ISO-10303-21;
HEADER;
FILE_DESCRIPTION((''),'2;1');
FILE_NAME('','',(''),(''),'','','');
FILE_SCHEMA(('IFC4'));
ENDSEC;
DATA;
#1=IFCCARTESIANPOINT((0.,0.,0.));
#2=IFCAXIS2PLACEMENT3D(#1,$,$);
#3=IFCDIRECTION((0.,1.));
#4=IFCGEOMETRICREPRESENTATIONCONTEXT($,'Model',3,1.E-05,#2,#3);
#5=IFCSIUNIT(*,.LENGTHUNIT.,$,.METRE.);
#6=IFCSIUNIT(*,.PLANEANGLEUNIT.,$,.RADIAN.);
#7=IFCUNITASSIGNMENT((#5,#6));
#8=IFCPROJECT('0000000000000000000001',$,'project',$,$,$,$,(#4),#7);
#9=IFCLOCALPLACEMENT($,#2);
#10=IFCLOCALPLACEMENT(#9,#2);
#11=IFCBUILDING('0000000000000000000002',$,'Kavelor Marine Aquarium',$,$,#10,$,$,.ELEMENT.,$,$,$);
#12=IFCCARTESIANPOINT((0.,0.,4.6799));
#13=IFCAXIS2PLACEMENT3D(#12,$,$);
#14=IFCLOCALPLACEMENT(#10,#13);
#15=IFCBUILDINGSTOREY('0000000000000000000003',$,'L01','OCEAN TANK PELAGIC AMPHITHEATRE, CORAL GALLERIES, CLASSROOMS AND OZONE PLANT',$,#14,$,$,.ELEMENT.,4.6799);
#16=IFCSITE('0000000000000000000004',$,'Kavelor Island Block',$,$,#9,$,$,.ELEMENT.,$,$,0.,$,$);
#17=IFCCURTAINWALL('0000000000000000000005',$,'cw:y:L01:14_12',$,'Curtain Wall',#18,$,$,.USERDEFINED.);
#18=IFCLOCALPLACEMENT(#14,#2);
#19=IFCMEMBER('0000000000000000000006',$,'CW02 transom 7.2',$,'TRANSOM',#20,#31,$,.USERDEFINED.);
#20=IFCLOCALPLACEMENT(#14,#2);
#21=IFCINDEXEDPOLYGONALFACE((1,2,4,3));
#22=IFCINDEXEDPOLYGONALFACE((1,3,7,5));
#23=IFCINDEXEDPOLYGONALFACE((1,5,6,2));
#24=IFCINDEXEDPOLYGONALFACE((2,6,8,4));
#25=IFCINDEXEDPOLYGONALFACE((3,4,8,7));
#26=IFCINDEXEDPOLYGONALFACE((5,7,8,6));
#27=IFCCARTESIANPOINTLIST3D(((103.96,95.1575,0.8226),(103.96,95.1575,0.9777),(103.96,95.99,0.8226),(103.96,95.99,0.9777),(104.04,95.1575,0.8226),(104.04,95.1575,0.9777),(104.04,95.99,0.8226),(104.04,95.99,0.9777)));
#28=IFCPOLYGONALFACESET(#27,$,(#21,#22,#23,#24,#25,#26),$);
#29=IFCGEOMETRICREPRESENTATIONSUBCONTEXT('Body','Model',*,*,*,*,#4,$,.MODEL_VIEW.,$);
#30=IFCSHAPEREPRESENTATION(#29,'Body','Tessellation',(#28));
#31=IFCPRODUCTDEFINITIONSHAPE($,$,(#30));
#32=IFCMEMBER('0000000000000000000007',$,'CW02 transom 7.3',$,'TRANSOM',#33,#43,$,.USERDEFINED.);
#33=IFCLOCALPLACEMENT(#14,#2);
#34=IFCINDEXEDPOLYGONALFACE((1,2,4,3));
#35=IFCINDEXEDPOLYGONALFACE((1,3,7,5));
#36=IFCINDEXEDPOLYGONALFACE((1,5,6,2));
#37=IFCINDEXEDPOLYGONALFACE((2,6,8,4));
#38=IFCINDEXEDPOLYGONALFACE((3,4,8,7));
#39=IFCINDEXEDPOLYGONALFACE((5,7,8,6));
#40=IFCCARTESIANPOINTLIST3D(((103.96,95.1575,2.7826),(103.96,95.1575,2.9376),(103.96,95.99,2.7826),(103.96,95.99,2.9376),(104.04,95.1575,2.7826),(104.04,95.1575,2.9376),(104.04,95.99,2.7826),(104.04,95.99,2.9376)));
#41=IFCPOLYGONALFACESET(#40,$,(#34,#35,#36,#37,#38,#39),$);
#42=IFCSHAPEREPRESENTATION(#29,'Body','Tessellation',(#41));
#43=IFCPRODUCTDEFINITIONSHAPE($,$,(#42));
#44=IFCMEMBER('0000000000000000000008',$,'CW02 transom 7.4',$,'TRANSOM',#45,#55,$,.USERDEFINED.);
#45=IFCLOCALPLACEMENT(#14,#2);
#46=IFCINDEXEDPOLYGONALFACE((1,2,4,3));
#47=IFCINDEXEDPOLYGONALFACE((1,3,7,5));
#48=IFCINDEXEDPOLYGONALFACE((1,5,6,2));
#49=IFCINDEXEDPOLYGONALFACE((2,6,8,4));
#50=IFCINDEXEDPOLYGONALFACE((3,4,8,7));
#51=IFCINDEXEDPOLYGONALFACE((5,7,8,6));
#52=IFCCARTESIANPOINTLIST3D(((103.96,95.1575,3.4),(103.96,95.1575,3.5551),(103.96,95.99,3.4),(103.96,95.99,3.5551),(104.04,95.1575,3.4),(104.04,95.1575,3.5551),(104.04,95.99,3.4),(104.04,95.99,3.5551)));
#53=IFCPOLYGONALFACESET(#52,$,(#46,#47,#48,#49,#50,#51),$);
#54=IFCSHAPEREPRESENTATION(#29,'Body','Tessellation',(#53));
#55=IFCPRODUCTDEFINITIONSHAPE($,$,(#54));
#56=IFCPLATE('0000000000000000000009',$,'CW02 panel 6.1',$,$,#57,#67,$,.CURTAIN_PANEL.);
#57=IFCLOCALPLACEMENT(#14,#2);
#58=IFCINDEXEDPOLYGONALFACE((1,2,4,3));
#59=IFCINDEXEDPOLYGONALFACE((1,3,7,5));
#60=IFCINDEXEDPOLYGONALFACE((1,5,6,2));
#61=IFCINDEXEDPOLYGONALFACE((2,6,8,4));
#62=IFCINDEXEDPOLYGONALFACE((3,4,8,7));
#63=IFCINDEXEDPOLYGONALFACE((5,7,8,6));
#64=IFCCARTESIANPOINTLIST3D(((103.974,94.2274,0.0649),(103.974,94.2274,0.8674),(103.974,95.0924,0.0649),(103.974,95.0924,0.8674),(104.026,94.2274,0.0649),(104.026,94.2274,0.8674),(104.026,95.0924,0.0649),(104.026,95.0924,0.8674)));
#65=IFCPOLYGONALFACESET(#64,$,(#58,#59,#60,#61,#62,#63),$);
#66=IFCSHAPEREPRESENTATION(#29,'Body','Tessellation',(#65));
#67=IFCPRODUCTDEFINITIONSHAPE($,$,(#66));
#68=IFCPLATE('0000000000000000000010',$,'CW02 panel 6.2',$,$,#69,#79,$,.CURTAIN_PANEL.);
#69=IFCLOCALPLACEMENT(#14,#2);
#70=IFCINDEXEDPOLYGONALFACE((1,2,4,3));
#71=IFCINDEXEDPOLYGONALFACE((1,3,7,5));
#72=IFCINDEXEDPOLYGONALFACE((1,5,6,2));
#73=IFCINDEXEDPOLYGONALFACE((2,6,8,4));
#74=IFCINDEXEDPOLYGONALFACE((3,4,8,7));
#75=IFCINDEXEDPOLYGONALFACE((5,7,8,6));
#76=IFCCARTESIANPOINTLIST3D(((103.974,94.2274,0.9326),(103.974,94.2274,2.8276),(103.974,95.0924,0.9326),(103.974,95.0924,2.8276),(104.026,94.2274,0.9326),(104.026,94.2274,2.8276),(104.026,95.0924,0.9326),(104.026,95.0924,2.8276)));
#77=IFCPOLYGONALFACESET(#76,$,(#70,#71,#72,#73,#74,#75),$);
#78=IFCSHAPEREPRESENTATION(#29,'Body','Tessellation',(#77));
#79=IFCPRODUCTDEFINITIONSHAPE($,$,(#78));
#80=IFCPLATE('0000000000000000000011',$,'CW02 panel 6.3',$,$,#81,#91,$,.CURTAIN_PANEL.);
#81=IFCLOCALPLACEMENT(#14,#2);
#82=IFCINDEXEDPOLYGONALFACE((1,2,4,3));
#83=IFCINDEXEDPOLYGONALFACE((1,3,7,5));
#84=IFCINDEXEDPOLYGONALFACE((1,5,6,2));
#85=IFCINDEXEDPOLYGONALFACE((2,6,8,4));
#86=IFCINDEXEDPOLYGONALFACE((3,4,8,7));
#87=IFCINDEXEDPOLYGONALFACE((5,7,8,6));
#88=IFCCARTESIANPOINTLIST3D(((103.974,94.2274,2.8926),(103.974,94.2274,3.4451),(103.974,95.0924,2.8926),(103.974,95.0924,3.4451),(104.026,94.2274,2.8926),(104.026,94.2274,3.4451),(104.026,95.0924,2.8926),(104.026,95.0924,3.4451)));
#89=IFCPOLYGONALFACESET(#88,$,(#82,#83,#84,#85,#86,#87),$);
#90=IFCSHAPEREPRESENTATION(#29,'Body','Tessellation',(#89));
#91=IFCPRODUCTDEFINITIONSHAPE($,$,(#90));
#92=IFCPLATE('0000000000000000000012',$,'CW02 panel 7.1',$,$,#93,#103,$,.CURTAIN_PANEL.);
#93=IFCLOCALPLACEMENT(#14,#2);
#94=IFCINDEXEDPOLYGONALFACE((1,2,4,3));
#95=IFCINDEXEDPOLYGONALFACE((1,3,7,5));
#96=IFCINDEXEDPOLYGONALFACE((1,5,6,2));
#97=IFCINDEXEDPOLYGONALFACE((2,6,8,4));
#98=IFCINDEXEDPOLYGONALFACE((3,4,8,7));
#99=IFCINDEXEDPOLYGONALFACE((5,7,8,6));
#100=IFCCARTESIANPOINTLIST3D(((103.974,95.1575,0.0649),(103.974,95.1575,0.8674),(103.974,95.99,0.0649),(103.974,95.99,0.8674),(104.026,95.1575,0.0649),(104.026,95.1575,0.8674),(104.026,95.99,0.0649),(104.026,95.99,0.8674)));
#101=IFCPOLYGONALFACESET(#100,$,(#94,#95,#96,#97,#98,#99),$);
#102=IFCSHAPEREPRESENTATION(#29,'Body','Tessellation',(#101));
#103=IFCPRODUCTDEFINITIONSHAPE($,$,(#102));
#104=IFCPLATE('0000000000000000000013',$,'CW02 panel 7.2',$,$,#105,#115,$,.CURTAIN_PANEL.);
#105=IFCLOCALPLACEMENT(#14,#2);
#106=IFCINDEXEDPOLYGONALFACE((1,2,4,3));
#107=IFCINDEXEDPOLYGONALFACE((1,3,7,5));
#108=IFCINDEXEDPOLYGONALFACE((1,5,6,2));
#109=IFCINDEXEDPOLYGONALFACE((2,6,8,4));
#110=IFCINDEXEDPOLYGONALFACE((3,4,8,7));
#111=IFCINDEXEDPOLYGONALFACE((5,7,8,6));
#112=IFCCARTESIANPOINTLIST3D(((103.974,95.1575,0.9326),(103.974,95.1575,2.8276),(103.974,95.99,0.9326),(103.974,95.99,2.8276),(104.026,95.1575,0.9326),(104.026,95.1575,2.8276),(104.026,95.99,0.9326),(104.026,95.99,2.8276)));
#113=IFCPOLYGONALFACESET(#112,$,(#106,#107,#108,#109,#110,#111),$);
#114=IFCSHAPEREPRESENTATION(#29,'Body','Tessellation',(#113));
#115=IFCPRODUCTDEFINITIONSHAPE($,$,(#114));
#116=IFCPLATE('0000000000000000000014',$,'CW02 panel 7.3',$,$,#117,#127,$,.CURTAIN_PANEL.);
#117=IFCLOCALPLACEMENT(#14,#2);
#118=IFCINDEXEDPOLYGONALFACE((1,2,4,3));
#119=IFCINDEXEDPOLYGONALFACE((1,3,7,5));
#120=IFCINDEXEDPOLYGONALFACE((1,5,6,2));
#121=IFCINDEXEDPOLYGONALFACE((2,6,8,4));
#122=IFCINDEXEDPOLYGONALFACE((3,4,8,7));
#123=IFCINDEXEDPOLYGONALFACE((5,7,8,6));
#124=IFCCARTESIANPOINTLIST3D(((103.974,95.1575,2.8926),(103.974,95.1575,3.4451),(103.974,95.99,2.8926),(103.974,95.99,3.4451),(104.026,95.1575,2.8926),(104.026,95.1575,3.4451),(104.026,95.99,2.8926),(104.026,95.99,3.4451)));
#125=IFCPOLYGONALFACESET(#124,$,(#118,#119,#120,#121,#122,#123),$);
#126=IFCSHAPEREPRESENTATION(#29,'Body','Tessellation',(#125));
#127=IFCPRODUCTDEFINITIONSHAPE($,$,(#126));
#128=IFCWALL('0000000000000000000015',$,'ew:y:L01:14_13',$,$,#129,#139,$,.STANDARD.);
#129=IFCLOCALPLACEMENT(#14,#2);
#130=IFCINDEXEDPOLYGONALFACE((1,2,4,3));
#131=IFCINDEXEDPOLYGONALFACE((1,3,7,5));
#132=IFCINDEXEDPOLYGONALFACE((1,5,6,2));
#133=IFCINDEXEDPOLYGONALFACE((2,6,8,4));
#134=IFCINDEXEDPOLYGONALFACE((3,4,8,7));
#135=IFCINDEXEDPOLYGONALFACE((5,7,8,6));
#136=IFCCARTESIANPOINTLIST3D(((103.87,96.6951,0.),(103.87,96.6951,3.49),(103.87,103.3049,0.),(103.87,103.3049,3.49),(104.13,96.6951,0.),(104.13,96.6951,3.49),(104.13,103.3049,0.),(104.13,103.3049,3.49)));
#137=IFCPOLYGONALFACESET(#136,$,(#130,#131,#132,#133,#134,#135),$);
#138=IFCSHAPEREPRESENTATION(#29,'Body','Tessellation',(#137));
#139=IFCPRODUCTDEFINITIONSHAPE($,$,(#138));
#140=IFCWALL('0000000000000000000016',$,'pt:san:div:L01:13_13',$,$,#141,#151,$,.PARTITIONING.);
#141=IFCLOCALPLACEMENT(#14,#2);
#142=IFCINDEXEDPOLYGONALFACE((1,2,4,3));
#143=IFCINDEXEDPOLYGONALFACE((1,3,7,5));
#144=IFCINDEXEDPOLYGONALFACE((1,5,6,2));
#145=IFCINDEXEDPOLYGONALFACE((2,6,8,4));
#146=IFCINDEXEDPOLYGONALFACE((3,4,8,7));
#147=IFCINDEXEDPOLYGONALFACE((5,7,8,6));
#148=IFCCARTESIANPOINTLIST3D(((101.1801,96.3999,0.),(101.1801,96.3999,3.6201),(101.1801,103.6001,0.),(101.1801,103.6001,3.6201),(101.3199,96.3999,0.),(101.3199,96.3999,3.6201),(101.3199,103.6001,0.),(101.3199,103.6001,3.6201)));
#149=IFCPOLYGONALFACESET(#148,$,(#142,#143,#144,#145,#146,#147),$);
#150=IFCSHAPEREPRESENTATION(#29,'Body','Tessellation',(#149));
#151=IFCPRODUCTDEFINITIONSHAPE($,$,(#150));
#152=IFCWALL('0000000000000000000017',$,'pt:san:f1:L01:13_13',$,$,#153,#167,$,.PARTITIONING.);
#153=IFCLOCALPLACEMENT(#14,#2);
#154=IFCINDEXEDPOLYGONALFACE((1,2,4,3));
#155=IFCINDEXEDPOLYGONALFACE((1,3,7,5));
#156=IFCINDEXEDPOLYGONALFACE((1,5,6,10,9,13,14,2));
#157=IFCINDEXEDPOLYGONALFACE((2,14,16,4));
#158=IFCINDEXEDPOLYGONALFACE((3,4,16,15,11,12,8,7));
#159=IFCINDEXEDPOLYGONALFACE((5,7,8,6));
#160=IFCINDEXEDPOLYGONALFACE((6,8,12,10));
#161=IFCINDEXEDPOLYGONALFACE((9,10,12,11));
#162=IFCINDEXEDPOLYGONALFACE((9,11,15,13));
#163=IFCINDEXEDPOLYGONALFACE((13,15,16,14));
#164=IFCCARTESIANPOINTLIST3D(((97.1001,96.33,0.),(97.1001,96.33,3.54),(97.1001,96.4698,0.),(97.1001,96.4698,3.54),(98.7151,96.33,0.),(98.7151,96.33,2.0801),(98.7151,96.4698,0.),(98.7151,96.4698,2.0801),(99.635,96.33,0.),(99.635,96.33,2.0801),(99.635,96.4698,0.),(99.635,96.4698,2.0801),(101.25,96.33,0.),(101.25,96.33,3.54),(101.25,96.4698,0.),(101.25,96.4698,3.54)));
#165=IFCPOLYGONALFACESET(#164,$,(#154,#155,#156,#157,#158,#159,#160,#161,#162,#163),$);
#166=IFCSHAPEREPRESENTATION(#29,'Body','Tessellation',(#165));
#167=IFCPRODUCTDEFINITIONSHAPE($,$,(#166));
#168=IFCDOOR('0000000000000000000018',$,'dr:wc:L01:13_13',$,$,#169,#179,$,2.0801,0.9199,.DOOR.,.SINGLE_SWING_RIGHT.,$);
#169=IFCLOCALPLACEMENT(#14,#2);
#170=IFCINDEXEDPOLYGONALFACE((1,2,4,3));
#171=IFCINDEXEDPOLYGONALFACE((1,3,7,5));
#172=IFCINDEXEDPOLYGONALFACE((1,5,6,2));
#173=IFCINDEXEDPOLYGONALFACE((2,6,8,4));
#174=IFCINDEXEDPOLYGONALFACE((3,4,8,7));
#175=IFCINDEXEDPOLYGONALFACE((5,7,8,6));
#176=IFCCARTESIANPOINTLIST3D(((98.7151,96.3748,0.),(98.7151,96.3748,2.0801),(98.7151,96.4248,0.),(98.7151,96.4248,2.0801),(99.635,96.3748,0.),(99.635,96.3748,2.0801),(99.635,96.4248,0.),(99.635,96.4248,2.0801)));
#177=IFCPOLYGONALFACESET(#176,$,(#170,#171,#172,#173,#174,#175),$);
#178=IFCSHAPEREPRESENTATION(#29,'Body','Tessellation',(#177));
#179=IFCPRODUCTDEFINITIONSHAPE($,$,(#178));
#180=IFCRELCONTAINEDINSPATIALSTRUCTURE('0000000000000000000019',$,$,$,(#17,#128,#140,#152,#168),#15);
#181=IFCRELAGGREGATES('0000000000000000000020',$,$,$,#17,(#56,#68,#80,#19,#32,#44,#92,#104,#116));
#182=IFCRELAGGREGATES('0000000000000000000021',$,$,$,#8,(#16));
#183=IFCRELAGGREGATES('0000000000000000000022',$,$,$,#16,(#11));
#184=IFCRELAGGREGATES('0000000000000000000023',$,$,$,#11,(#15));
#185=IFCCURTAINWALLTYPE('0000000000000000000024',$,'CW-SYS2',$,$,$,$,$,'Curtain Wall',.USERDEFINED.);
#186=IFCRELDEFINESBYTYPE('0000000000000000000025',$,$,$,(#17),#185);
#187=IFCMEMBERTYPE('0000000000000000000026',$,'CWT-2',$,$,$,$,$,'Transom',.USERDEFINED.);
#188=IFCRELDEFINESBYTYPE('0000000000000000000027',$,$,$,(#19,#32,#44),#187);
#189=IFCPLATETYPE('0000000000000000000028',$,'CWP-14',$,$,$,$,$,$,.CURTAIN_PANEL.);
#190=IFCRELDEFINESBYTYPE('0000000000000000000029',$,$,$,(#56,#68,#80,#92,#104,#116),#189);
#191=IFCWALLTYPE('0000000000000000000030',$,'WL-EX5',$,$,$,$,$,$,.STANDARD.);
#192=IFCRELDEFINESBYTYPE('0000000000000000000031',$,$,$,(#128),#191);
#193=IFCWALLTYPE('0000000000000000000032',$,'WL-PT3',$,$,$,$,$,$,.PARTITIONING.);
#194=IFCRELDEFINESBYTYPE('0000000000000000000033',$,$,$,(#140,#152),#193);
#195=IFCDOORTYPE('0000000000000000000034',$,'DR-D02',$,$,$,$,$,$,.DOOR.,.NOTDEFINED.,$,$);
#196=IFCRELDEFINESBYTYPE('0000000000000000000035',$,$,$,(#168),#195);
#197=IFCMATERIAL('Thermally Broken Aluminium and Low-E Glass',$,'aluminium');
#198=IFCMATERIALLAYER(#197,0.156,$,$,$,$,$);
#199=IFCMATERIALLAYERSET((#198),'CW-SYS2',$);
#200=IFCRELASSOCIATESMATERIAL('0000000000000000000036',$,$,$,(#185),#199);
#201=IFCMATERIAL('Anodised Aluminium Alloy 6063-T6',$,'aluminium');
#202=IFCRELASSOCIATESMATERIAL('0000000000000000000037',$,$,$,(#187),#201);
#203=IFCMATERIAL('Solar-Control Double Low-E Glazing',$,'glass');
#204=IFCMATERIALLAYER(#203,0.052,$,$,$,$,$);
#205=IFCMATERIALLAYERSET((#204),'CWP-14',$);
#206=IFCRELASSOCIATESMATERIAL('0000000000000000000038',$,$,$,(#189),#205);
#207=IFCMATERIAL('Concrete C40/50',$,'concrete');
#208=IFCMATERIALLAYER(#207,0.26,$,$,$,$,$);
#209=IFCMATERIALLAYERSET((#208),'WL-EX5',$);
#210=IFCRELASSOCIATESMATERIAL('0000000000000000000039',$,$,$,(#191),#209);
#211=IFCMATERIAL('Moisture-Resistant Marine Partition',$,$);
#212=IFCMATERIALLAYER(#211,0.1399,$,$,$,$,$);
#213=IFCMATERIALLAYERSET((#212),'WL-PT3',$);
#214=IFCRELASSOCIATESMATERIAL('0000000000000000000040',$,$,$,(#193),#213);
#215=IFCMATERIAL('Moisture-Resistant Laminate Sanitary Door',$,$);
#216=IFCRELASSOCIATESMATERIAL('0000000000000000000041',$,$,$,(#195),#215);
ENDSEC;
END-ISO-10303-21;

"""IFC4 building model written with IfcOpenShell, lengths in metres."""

from ifc_helpers import new_model, si_unit, direction, frame, frame_2d, origin, origin_2d, place, context, subcontext, project, spatial, rectangle, extrude, material, layer, layer_set, material_profile, profile_set, type_object, element, fill, aggregate, save


model = new_model("IFC4")

# Units and contexts
model_context = context("Model", 3, precision=1e-05, world=origin(), true_north=direction((0.0, 1.0)))
body_context = subcontext(model_context, "Body", "Model", "MODEL_VIEW")
ifc_project = project(units=[si_unit("LENGTHUNIT", "METRE"), si_unit("PLANEANGLEUNIT", "RADIAN")], contexts=[model_context])

# Site, building, storey
site_placement = place(None, origin())
site = spatial("IfcSite", under=ifc_project, at=site_placement, Name="Kavelor Island Block", CompositionType="ELEMENT", RefElevation=0.0)
building_placement = place(site_placement, origin())
building = spatial("IfcBuilding", under=site, at=building_placement, Name="Kavelor Marine Aquarium", CompositionType="ELEMENT")
storey_placement = place(building_placement, frame((0.0, 0.0, 4.6799)))
storey = spatial("IfcBuildingStorey", under=building, at=storey_placement, Name="L01", Description="OCEAN TANK PELAGIC AMPHITHEATRE, CORAL GALLERIES, CLASSROOMS AND OZONE PLANT", CompositionType="ELEMENT", Elevation=4.6799)

# Curtain wall, members, plates
ifc_material_1 = material(Name="Thermally Broken Aluminium and Low-E Glass", Category="aluminium")
ifc_layer_1 = layer(ifc_material_1, 0.156)
ifc_layer_set_1 = layer_set([ifc_layer_1], Name="CW-SYS2")
curtain_wall_type = type_object("IfcCurtainWallType", Name="CW-SYS2", ElementType="Curtain Wall", PredefinedType="USERDEFINED", material=ifc_layer_set_1)
curtain_wall_placement = place(storey_placement, origin())
curtain_wall = element("IfcCurtainWall", 1, at=curtain_wall_placement, inside=storey, type_object=curtain_wall_type, Name="cw:y:L01:14_12", ObjectType="Curtain Wall", PredefinedType="USERDEFINED")
ifc_material_2 = material(Name="Anodised Aluminium Alloy 6063-T6", Category="aluminium")
ifc_material_profile_1 = material_profile(ifc_material_2, rectangle(XDim=0.0801, YDim=0.155, at=origin_2d()), Name="CW-TRN 80x155")
ifc_profile_set_1 = profile_set([ifc_material_profile_1], Name="Anodised Aluminium Alloy 6063-T6")
member_type_1 = type_object("IfcMemberType", Name="CWT-2", ElementType="Transom", PredefinedType="USERDEFINED", material=ifc_profile_set_1)
member_1_placement = place(storey_placement, frame((104.0, 95.1575, 0.9001), z_axis=(0.0, 1.0, 0.0), x_axis=(-1.0, 0.0, 0.0)))
member_1 = element("IfcMember", 2, at=member_1_placement, type_object=member_type_1, Name="CW02 transom 7.2", ObjectType="TRANSOM", PredefinedType="USERDEFINED", context=body_context, shape_type="SweptSolid", body=[
    extrude(rectangle(XDim=0.0801, YDim=0.155, at=origin_2d()), origin(), (0.0, 0.0, 1.0), 0.8325),
])
member_2_placement = place(storey_placement, frame((104.0, 95.1575, 2.8601), z_axis=(0.0, 1.0, 0.0), x_axis=(-1.0, 0.0, 0.0)))
member_2 = element("IfcMember", 3, at=member_2_placement, type_object=member_type_1, Name="CW02 transom 7.3", ObjectType="TRANSOM", PredefinedType="USERDEFINED", context=body_context, shape_type="SweptSolid", body=[
    extrude(rectangle(XDim=0.0801, YDim=0.155, at=origin_2d()), origin(), (0.0, 0.0, 1.0), 0.8325),
])
member_3_placement = place(storey_placement, frame((104.0, 95.1575, 3.4775), z_axis=(0.0, 1.0, 0.0), x_axis=(-1.0, 0.0, 0.0)))
member_3 = element("IfcMember", 4, at=member_3_placement, type_object=member_type_1, Name="CW02 transom 7.4", ObjectType="TRANSOM", PredefinedType="USERDEFINED", context=body_context, shape_type="SweptSolid", body=[
    extrude(rectangle(XDim=0.0801, YDim=0.155, at=origin_2d()), origin(), (0.0, 0.0, 1.0), 0.8325),
])
ifc_material_3 = material(Name="Solar-Control Double Low-E Glazing", Category="glass")
ifc_layer_2 = layer(ifc_material_3, 0.052)
ifc_layer_set_2 = layer_set([ifc_layer_2], Name="CWP-14")
plate_type = type_object("IfcPlateType", Name="CWP-14", PredefinedType="CURTAIN_PANEL", material=ifc_layer_set_2)
plate_1_placement = place(storey_placement, frame((104.0, 94.6599, 0.0649), z_axis=(0.0, 0.0, 1.0), x_axis=(0.0, 1.0, 0.0)))
plate_1 = element("IfcPlate", 5, at=plate_1_placement, type_object=plate_type, Name="CW02 panel 6.1", PredefinedType="CURTAIN_PANEL", context=body_context, shape_type="SweptSolid", body=[
    extrude(rectangle(XDim=0.865, YDim=0.052, at=origin_2d()), origin(), (0.0, 0.0, 1.0), 0.8025),
])
plate_2_placement = place(storey_placement, frame((104.0, 94.6599, 0.9326), z_axis=(0.0, 0.0, 1.0), x_axis=(0.0, 1.0, 0.0)))
plate_2 = element("IfcPlate", 6, at=plate_2_placement, type_object=plate_type, Name="CW02 panel 6.2", PredefinedType="CURTAIN_PANEL", context=body_context, shape_type="SweptSolid", body=[
    extrude(rectangle(XDim=0.865, YDim=0.052, at=origin_2d()), origin(), (0.0, 0.0, 1.0), 1.895),
])
plate_3_placement = place(storey_placement, frame((104.0, 94.6599, 2.8926), z_axis=(0.0, 0.0, 1.0), x_axis=(0.0, 1.0, 0.0)))
plate_3 = element("IfcPlate", 7, at=plate_3_placement, type_object=plate_type, Name="CW02 panel 6.3", PredefinedType="CURTAIN_PANEL", context=body_context, shape_type="SweptSolid", body=[
    extrude(rectangle(XDim=0.865, YDim=0.052, at=origin_2d()), origin(), (0.0, 0.0, 1.0), 0.5525),
])
plate_4_placement = place(storey_placement, frame((104.0, 95.5737, 0.0649), z_axis=(0.0, 0.0, 1.0), x_axis=(0.0, 1.0, 0.0)))
plate_4 = element("IfcPlate", 8, at=plate_4_placement, type_object=plate_type, Name="CW02 panel 7.1", PredefinedType="CURTAIN_PANEL", context=body_context, shape_type="SweptSolid", body=[
    extrude(rectangle(XDim=0.8325, YDim=0.052, at=origin_2d()), origin(), (0.0, 0.0, 1.0), 0.8025),
])
plate_5_placement = place(storey_placement, frame((104.0, 95.5737, 0.9326), z_axis=(0.0, 0.0, 1.0), x_axis=(0.0, 1.0, 0.0)))
plate_5 = element("IfcPlate", 9, at=plate_5_placement, type_object=plate_type, Name="CW02 panel 7.2", PredefinedType="CURTAIN_PANEL", context=body_context, shape_type="SweptSolid", body=[
    extrude(rectangle(XDim=0.8325, YDim=0.052, at=origin_2d()), origin(), (0.0, 0.0, 1.0), 1.895),
])
plate_6_placement = place(storey_placement, frame((104.0, 95.5737, 2.8926), z_axis=(0.0, 0.0, 1.0), x_axis=(0.0, 1.0, 0.0)))
plate_6 = element("IfcPlate", 10, at=plate_6_placement, type_object=plate_type, Name="CW02 panel 7.3", PredefinedType="CURTAIN_PANEL", context=body_context, shape_type="SweptSolid", body=[
    extrude(rectangle(XDim=0.8325, YDim=0.052, at=origin_2d()), origin(), (0.0, 0.0, 1.0), 0.5525),
])
aggregate(curtain_wall, [plate_1, plate_2, plate_3, member_1, member_2, member_3, plate_4, plate_5, plate_6])

# Walls
ifc_material_4 = material(Name="Concrete C40/50", Category="concrete")
ifc_layer_3 = layer(ifc_material_4, 0.26)
ifc_layer_set_3 = layer_set([ifc_layer_3], Name="WL-EX5")
wall_type_1 = type_object("IfcWallType", Name="WL-EX5", PredefinedType="STANDARD", material=ifc_layer_set_3)
wall_1_placement = place(storey_placement, frame((104.0, 103.3049, 0.0), z_axis=(0.0, 0.0, 1.0), x_axis=(0.0, -1.0, 0.0)))
element("IfcWall", 11, at=wall_1_placement, inside=storey, type_object=wall_type_1, Name="ew:y:L01:14_13", PredefinedType="STANDARD", context=body_context, shape_type="SweptSolid", body=[
    extrude(rectangle(XDim=6.6099, YDim=0.26, at=frame_2d((3.3049, 0.0))), origin(), (0.0, 0.0, 1.0), 3.49),
])
ifc_material_5 = material(Name="Moisture-Resistant Marine Partition")
ifc_layer_4 = layer(ifc_material_5, 0.1399)
ifc_layer_set_4 = layer_set([ifc_layer_4], Name="WL-PT3")
wall_type_2 = type_object("IfcWallType", Name="WL-PT3", PredefinedType="PARTITIONING", material=ifc_layer_set_4)
wall_2_placement = place(storey_placement, frame((101.25, 96.3999, 0.0), z_axis=(0.0, 0.0, 1.0), x_axis=(0.0, 1.0, 0.0)))
element("IfcWall", 12, at=wall_2_placement, inside=storey, type_object=wall_type_2, Name="pt:san:div:L01:13_13", PredefinedType="PARTITIONING", context=body_context, shape_type="SweptSolid", body=[
    extrude(rectangle(XDim=7.2002, YDim=0.1399, at=frame_2d((3.6001, 0.0))), origin(), (0.0, 0.0, 1.0), 3.6201),
])

# Wall, opening, door
wall_3_placement = place(storey_placement, frame((97.1001, 96.3999, 0.0), z_axis=(0.0, 0.0, 1.0), x_axis=(1.0, 0.0, 0.0)))
wall_3 = element("IfcWall", 13, at=wall_3_placement, inside=storey, type_object=wall_type_2, Name="pt:san:f1:L01:13_13", PredefinedType="PARTITIONING", context=body_context, shape_type="SweptSolid", body=[
    extrude(rectangle(XDim=4.1499, YDim=0.1399, at=frame_2d((2.075, 0.0))), origin(), (0.0, 0.0, 1.0), 3.54),
])
opening_1_placement = place(wall_3_placement, frame((1.615, 0.0, 0.0)))
opening_1 = element("IfcOpeningElement", 14, at=opening_1_placement, cuts=wall_3, PredefinedType="OPENING", context=body_context, shape_type="SweptSolid", body=[
    extrude(rectangle(XDim=0.9199, YDim=2.0801, at=frame_2d((0.46, 1.04))), frame((0.0, 0.0798, 0.0), z_axis=(0.0, -1.0, 0.0), x_axis=(1.0, 0.0, 0.0)), (0.0, 0.0, 1.0), 0.1599),
])
ifc_material_6 = material(Name="Moisture-Resistant Laminate Sanitary Door")
door_type = type_object("IfcDoorType", Name="DR-D02", OperationType="NOTDEFINED", PredefinedType="DOOR", material=ifc_material_6)
door_1_placement = place(opening_1_placement, origin())
door_1 = element("IfcDoor", 15, at=door_1_placement, inside=storey, type_object=door_type, Name="dr:wc:L01:13_13", OperationType="SINGLE_SWING_RIGHT", OverallHeight=2.0801, OverallWidth=0.9199, PredefinedType="DOOR", context=body_context, shape_type="SweptSolid", body=[
    extrude(rectangle(XDim=0.9199, YDim=2.0801, at=frame_2d((0.46, 1.04))), frame((0.0, 0.0249, 0.0), z_axis=(0.0, -1.0, 0.0), x_axis=(1.0, 0.0, 0.0)), (0.0, 0.0, 1.0), 0.05),
])
fill(opening_1, door_1)

save(model, "model.ifc")
